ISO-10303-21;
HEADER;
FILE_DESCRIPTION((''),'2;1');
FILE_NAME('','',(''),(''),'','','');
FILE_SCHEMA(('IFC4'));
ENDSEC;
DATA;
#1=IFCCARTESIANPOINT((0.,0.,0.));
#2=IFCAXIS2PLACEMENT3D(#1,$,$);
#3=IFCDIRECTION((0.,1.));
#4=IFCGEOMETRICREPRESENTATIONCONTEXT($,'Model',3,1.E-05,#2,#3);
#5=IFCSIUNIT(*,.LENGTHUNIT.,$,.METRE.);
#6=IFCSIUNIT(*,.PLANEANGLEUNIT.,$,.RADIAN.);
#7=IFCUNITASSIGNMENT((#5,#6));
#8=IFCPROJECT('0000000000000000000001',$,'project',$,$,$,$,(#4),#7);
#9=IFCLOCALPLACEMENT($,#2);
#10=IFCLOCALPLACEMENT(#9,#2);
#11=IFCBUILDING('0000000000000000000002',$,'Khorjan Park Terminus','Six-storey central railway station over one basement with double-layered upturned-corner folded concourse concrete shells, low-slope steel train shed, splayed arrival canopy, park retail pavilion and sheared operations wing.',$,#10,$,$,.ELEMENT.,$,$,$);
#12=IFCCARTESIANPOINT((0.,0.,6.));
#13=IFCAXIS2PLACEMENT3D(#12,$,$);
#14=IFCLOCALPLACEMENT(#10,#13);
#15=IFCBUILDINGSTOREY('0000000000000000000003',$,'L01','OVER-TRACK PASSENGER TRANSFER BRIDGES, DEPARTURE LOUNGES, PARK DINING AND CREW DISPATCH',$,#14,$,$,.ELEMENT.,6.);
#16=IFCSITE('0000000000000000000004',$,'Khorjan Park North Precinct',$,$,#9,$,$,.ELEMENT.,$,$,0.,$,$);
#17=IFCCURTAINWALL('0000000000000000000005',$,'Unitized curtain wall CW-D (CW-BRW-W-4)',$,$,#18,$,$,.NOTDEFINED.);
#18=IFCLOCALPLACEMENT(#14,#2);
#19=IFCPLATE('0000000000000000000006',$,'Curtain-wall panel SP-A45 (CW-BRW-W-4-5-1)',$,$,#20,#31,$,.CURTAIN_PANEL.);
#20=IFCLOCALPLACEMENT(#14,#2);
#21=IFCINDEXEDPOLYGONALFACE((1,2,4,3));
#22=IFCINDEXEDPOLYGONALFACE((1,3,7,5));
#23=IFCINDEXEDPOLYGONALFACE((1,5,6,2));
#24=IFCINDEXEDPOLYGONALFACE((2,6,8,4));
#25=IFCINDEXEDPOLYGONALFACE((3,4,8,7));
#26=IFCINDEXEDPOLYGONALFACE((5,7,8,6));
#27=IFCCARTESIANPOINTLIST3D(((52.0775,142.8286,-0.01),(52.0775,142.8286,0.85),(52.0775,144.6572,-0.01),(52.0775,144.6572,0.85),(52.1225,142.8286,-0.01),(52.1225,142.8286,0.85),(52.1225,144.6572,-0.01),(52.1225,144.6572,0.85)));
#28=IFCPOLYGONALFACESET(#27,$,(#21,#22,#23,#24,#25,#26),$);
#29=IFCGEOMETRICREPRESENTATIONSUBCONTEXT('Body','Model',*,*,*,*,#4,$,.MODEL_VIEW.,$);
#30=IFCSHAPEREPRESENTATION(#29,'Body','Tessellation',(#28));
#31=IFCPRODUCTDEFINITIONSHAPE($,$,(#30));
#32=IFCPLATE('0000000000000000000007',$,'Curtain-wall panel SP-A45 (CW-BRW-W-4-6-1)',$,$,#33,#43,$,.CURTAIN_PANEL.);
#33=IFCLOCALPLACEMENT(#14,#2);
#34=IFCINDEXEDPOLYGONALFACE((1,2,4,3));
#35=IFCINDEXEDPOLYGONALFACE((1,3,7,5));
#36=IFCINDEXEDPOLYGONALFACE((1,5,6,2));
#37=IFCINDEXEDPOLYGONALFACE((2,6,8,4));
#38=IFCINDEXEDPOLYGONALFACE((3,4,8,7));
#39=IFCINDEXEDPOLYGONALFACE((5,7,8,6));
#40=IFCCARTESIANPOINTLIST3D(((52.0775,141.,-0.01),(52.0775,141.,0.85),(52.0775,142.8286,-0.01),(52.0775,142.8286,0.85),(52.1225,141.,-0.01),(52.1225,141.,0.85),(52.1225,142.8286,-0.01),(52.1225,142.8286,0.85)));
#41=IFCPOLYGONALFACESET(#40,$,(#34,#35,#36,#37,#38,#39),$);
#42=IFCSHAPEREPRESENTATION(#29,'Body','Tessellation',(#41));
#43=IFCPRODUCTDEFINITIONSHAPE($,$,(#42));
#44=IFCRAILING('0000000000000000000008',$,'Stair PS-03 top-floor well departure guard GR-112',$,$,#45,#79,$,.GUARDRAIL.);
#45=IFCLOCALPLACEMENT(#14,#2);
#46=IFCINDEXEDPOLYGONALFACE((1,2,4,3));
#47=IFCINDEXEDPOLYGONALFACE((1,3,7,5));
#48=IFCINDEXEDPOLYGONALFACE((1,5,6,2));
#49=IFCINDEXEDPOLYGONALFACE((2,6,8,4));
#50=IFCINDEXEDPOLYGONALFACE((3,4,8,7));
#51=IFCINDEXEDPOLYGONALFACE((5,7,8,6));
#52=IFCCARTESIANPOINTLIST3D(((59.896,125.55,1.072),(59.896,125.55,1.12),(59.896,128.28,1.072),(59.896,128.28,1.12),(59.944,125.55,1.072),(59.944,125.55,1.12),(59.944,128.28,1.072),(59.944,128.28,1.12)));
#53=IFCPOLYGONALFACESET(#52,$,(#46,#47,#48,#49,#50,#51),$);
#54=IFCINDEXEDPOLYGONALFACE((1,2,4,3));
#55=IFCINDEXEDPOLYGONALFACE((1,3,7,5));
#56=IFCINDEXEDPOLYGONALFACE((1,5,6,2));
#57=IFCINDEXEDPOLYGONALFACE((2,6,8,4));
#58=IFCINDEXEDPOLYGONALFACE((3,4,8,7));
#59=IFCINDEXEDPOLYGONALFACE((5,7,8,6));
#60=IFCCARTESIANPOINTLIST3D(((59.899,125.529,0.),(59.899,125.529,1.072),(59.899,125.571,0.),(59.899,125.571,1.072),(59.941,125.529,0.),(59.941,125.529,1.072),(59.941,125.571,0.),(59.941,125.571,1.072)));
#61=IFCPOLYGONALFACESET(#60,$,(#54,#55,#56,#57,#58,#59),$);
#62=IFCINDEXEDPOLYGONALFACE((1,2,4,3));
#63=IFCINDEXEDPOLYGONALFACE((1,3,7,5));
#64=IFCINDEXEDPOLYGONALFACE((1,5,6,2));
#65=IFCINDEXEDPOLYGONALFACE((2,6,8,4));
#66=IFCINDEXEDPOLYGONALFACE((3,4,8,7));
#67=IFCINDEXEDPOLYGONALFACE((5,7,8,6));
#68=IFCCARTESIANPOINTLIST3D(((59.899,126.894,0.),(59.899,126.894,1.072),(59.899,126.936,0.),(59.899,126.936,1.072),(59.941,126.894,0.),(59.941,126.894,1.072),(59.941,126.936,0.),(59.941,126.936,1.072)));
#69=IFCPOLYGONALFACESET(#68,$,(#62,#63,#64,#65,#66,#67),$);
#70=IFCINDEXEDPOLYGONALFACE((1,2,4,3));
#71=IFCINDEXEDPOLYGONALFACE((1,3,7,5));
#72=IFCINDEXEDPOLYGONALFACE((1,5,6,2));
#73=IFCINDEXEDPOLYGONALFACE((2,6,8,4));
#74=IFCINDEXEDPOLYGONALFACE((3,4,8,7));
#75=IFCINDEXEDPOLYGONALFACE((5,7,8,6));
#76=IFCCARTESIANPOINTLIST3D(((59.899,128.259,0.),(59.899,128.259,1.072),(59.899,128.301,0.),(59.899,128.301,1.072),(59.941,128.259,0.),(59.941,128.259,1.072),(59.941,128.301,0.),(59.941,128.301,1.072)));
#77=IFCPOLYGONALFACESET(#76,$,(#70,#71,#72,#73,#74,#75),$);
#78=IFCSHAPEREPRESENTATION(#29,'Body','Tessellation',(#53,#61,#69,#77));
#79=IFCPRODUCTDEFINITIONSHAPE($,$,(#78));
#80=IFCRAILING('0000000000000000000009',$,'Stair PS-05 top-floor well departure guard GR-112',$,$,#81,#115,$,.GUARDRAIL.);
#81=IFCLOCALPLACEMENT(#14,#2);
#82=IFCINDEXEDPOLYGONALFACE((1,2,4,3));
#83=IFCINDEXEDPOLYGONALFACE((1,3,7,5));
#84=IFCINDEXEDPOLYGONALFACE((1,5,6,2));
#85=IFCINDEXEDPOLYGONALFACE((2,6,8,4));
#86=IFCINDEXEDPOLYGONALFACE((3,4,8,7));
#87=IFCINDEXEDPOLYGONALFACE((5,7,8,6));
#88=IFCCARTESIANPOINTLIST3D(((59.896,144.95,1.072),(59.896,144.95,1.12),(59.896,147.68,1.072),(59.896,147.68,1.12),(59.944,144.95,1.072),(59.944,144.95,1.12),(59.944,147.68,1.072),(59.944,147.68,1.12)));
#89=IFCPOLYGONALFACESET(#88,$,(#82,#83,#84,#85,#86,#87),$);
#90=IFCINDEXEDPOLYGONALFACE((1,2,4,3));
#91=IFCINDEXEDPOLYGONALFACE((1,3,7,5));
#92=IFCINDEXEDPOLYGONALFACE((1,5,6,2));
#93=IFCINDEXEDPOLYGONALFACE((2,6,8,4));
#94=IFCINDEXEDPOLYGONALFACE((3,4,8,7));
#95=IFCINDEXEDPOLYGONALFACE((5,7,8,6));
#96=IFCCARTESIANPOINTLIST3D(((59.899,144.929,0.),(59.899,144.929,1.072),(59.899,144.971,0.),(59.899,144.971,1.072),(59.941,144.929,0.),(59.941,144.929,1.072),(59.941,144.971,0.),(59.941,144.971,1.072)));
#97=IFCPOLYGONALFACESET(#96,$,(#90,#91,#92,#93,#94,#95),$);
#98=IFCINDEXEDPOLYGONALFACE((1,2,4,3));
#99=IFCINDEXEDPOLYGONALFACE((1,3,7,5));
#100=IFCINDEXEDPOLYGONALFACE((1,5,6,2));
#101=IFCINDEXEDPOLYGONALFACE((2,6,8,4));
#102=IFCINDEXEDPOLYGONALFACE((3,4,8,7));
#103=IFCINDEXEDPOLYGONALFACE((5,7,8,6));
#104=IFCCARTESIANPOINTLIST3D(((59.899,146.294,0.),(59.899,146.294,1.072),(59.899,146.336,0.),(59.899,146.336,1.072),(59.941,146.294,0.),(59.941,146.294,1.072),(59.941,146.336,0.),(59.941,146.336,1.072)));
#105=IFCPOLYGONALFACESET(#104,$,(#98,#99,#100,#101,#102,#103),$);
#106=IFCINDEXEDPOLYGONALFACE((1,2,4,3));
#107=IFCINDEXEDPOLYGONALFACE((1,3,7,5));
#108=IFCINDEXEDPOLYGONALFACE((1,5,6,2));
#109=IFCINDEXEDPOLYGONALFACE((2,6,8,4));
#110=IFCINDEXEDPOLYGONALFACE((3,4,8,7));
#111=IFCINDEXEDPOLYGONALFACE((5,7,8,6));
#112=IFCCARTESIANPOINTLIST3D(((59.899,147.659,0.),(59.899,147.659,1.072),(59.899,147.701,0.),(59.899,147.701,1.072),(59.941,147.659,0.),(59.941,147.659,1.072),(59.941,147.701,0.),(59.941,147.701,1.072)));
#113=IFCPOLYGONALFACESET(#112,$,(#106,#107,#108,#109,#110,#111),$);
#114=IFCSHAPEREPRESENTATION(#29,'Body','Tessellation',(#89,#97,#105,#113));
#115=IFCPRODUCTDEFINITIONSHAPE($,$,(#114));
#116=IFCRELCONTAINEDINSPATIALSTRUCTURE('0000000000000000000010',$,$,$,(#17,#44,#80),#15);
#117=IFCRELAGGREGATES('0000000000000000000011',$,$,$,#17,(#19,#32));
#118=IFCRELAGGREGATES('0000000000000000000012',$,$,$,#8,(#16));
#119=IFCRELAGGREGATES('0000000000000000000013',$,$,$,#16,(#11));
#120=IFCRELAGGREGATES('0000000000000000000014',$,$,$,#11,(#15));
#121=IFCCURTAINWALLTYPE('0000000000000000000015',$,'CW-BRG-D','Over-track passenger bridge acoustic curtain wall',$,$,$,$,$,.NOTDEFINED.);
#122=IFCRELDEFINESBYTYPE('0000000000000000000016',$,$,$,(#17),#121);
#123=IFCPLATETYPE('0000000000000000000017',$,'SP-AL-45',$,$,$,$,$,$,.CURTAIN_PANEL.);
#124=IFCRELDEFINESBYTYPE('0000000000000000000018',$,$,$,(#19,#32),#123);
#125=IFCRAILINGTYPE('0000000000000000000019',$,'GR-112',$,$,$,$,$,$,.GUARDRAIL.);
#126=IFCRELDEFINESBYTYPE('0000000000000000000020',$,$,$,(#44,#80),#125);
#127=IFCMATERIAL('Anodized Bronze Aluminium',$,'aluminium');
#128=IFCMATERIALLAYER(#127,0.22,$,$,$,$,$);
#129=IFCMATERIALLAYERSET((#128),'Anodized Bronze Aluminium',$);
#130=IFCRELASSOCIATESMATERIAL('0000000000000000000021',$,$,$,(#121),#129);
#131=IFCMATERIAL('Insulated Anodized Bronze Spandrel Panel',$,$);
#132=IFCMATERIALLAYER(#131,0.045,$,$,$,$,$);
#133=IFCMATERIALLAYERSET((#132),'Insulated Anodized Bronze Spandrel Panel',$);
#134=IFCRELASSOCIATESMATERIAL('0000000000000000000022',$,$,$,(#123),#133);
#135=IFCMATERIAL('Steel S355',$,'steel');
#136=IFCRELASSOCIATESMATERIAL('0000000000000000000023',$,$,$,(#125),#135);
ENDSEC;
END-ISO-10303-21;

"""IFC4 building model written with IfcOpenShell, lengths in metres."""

from ifc_helpers import new_model, si_unit, direction, frame, origin, origin_2d, place, context, subcontext, project, spatial, rectangle, extrude, material, layer, layer_set, type_object, element, aggregate, save


model = new_model("IFC4")

# Units and contexts
model_context = context("Model", 3, precision=1e-05, world=origin(), true_north=direction((0.0, 1.0)))
body_context = subcontext(model_context, "Body", "Model", "MODEL_VIEW")
ifc_project = project(units=[si_unit("LENGTHUNIT", "METRE"), si_unit("PLANEANGLEUNIT", "RADIAN")], contexts=[model_context])

# Site, building, storey
site_placement = place(None, origin())
site = spatial("IfcSite", under=ifc_project, at=site_placement, Name="Khorjan Park North Precinct", CompositionType="ELEMENT", RefElevation=0.0)
building_placement = place(site_placement, origin())
building = spatial("IfcBuilding", under=site, at=building_placement, Name="Khorjan Park Terminus", Description="Six-storey central railway station over one basement with double-layered upturned-corner folded concourse concrete shells, low-slope steel train shed, splayed arrival canopy, park retail pavilion and sheared operations wing.", CompositionType="ELEMENT")
storey_placement = place(building_placement, frame((0.0, 0.0, 6.0)))
storey = spatial("IfcBuildingStorey", under=building, at=storey_placement, Name="L01", Description="OVER-TRACK PASSENGER TRANSFER BRIDGES, DEPARTURE LOUNGES, PARK DINING AND CREW DISPATCH", CompositionType="ELEMENT", Elevation=6.0)

# Shared definitions
ifc_material_1 = material(Name="Steel S355", Category="steel")

# Shared definitions
ifc_material_2 = material(Name="Anodized Bronze Aluminium", Category="aluminium")
ifc_layer_1 = layer(ifc_material_2, 0.22)
ifc_layer_set_1 = layer_set([ifc_layer_1], Name="Anodized Bronze Aluminium")
curtain_wall_type = type_object("IfcCurtainWallType", Name="CW-BRG-D", Description="Over-track passenger bridge acoustic curtain wall", PredefinedType="NOTDEFINED", material=ifc_layer_set_1)

# Curtain wall
curtain_wall_1_placement = place(storey_placement, origin())
curtain_wall_1 = element("IfcCurtainWall", 1, at=curtain_wall_1_placement, inside=storey, type_object=curtain_wall_type, Name="Unitized curtain wall CW-D (CW-BRW-W-4)", PredefinedType="NOTDEFINED")

# Plates
ifc_material_3 = material(Name="Insulated Anodized Bronze Spandrel Panel")
ifc_layer_2 = layer(ifc_material_3, 0.045)
ifc_layer_set_2 = layer_set([ifc_layer_2], Name="Insulated Anodized Bronze Spandrel Panel")
plate_type_1 = type_object("IfcPlateType", Name="SP-AL-45", PredefinedType="CURTAIN_PANEL", material=ifc_layer_set_2)
plate_1_placement = place(storey_placement, frame((52.1, 143.7429, -0.01), z_axis=(0.0, 0.0, 1.0), x_axis=(0.0, -1.0, 0.0)))
plate_1 = element("IfcPlate", 2, at=plate_1_placement, type_object=plate_type_1, Name="Curtain-wall panel SP-A45 (CW-BRW-W-4-5-1)", PredefinedType="CURTAIN_PANEL", context=body_context, shape_type="SweptSolid", body=[
    extrude(rectangle(XDim=1.8286, YDim=0.045, at=origin_2d()), origin(), (0.0, 0.0, 1.0), 0.86),
])
plate_2_placement = place(storey_placement, frame((52.1, 141.9143, -0.01), z_axis=(0.0, 0.0, 1.0), x_axis=(0.0, -1.0, 0.0)))
plate_2 = element("IfcPlate", 3, at=plate_2_placement, type_object=plate_type_1, Name="Curtain-wall panel SP-A45 (CW-BRW-W-4-6-1)", PredefinedType="CURTAIN_PANEL", context=body_context, shape_type="SweptSolid", body=[
    extrude(rectangle(XDim=1.8286, YDim=0.045, at=origin_2d()), origin(), (0.0, 0.0, 1.0), 0.86),
])
aggregate(curtain_wall_1, [plate_1, plate_2])

# Railings
railing_type_1 = type_object("IfcRailingType", Name="GR-112", PredefinedType="GUARDRAIL", material=ifc_material_1)
for number, where, name in (
    (4, (59.92, 125.55, 0.0), "Stair PS-03 top-floor well departure guard GR-112"),
    (5, (59.92, 144.95, 0.0), "Stair PS-05 top-floor well departure guard GR-112"),
):
    element("IfcRailing", number, at=place(storey_placement, frame(where)), inside=storey, type_object=railing_type_1, Name=name, PredefinedType="GUARDRAIL", context=body_context, shape_type="SweptSolid", body=[
        extrude(rectangle(XDim=0.048, YDim=0.048, at=origin_2d()), frame((0.0, 0.0, 1.096), z_axis=(0.0, 1.0, 0.0), x_axis=(-1.0, 0.0, 0.0)), (0.0, 0.0, 1.0), 2.73),
        extrude(rectangle(XDim=0.042, YDim=0.042, at=origin_2d()), origin(), (0.0, 0.0, 1.0), 1.072),
        extrude(rectangle(XDim=0.042, YDim=0.042, at=origin_2d()), frame((0.0, 1.365, 0.0)), (0.0, 0.0, 1.0), 1.072),
        extrude(rectangle(XDim=0.042, YDim=0.042, at=origin_2d()), frame((0.0, 2.73, 0.0)), (0.0, 0.0, 1.0), 1.072),
    ])

save(model, "model.ifc")
